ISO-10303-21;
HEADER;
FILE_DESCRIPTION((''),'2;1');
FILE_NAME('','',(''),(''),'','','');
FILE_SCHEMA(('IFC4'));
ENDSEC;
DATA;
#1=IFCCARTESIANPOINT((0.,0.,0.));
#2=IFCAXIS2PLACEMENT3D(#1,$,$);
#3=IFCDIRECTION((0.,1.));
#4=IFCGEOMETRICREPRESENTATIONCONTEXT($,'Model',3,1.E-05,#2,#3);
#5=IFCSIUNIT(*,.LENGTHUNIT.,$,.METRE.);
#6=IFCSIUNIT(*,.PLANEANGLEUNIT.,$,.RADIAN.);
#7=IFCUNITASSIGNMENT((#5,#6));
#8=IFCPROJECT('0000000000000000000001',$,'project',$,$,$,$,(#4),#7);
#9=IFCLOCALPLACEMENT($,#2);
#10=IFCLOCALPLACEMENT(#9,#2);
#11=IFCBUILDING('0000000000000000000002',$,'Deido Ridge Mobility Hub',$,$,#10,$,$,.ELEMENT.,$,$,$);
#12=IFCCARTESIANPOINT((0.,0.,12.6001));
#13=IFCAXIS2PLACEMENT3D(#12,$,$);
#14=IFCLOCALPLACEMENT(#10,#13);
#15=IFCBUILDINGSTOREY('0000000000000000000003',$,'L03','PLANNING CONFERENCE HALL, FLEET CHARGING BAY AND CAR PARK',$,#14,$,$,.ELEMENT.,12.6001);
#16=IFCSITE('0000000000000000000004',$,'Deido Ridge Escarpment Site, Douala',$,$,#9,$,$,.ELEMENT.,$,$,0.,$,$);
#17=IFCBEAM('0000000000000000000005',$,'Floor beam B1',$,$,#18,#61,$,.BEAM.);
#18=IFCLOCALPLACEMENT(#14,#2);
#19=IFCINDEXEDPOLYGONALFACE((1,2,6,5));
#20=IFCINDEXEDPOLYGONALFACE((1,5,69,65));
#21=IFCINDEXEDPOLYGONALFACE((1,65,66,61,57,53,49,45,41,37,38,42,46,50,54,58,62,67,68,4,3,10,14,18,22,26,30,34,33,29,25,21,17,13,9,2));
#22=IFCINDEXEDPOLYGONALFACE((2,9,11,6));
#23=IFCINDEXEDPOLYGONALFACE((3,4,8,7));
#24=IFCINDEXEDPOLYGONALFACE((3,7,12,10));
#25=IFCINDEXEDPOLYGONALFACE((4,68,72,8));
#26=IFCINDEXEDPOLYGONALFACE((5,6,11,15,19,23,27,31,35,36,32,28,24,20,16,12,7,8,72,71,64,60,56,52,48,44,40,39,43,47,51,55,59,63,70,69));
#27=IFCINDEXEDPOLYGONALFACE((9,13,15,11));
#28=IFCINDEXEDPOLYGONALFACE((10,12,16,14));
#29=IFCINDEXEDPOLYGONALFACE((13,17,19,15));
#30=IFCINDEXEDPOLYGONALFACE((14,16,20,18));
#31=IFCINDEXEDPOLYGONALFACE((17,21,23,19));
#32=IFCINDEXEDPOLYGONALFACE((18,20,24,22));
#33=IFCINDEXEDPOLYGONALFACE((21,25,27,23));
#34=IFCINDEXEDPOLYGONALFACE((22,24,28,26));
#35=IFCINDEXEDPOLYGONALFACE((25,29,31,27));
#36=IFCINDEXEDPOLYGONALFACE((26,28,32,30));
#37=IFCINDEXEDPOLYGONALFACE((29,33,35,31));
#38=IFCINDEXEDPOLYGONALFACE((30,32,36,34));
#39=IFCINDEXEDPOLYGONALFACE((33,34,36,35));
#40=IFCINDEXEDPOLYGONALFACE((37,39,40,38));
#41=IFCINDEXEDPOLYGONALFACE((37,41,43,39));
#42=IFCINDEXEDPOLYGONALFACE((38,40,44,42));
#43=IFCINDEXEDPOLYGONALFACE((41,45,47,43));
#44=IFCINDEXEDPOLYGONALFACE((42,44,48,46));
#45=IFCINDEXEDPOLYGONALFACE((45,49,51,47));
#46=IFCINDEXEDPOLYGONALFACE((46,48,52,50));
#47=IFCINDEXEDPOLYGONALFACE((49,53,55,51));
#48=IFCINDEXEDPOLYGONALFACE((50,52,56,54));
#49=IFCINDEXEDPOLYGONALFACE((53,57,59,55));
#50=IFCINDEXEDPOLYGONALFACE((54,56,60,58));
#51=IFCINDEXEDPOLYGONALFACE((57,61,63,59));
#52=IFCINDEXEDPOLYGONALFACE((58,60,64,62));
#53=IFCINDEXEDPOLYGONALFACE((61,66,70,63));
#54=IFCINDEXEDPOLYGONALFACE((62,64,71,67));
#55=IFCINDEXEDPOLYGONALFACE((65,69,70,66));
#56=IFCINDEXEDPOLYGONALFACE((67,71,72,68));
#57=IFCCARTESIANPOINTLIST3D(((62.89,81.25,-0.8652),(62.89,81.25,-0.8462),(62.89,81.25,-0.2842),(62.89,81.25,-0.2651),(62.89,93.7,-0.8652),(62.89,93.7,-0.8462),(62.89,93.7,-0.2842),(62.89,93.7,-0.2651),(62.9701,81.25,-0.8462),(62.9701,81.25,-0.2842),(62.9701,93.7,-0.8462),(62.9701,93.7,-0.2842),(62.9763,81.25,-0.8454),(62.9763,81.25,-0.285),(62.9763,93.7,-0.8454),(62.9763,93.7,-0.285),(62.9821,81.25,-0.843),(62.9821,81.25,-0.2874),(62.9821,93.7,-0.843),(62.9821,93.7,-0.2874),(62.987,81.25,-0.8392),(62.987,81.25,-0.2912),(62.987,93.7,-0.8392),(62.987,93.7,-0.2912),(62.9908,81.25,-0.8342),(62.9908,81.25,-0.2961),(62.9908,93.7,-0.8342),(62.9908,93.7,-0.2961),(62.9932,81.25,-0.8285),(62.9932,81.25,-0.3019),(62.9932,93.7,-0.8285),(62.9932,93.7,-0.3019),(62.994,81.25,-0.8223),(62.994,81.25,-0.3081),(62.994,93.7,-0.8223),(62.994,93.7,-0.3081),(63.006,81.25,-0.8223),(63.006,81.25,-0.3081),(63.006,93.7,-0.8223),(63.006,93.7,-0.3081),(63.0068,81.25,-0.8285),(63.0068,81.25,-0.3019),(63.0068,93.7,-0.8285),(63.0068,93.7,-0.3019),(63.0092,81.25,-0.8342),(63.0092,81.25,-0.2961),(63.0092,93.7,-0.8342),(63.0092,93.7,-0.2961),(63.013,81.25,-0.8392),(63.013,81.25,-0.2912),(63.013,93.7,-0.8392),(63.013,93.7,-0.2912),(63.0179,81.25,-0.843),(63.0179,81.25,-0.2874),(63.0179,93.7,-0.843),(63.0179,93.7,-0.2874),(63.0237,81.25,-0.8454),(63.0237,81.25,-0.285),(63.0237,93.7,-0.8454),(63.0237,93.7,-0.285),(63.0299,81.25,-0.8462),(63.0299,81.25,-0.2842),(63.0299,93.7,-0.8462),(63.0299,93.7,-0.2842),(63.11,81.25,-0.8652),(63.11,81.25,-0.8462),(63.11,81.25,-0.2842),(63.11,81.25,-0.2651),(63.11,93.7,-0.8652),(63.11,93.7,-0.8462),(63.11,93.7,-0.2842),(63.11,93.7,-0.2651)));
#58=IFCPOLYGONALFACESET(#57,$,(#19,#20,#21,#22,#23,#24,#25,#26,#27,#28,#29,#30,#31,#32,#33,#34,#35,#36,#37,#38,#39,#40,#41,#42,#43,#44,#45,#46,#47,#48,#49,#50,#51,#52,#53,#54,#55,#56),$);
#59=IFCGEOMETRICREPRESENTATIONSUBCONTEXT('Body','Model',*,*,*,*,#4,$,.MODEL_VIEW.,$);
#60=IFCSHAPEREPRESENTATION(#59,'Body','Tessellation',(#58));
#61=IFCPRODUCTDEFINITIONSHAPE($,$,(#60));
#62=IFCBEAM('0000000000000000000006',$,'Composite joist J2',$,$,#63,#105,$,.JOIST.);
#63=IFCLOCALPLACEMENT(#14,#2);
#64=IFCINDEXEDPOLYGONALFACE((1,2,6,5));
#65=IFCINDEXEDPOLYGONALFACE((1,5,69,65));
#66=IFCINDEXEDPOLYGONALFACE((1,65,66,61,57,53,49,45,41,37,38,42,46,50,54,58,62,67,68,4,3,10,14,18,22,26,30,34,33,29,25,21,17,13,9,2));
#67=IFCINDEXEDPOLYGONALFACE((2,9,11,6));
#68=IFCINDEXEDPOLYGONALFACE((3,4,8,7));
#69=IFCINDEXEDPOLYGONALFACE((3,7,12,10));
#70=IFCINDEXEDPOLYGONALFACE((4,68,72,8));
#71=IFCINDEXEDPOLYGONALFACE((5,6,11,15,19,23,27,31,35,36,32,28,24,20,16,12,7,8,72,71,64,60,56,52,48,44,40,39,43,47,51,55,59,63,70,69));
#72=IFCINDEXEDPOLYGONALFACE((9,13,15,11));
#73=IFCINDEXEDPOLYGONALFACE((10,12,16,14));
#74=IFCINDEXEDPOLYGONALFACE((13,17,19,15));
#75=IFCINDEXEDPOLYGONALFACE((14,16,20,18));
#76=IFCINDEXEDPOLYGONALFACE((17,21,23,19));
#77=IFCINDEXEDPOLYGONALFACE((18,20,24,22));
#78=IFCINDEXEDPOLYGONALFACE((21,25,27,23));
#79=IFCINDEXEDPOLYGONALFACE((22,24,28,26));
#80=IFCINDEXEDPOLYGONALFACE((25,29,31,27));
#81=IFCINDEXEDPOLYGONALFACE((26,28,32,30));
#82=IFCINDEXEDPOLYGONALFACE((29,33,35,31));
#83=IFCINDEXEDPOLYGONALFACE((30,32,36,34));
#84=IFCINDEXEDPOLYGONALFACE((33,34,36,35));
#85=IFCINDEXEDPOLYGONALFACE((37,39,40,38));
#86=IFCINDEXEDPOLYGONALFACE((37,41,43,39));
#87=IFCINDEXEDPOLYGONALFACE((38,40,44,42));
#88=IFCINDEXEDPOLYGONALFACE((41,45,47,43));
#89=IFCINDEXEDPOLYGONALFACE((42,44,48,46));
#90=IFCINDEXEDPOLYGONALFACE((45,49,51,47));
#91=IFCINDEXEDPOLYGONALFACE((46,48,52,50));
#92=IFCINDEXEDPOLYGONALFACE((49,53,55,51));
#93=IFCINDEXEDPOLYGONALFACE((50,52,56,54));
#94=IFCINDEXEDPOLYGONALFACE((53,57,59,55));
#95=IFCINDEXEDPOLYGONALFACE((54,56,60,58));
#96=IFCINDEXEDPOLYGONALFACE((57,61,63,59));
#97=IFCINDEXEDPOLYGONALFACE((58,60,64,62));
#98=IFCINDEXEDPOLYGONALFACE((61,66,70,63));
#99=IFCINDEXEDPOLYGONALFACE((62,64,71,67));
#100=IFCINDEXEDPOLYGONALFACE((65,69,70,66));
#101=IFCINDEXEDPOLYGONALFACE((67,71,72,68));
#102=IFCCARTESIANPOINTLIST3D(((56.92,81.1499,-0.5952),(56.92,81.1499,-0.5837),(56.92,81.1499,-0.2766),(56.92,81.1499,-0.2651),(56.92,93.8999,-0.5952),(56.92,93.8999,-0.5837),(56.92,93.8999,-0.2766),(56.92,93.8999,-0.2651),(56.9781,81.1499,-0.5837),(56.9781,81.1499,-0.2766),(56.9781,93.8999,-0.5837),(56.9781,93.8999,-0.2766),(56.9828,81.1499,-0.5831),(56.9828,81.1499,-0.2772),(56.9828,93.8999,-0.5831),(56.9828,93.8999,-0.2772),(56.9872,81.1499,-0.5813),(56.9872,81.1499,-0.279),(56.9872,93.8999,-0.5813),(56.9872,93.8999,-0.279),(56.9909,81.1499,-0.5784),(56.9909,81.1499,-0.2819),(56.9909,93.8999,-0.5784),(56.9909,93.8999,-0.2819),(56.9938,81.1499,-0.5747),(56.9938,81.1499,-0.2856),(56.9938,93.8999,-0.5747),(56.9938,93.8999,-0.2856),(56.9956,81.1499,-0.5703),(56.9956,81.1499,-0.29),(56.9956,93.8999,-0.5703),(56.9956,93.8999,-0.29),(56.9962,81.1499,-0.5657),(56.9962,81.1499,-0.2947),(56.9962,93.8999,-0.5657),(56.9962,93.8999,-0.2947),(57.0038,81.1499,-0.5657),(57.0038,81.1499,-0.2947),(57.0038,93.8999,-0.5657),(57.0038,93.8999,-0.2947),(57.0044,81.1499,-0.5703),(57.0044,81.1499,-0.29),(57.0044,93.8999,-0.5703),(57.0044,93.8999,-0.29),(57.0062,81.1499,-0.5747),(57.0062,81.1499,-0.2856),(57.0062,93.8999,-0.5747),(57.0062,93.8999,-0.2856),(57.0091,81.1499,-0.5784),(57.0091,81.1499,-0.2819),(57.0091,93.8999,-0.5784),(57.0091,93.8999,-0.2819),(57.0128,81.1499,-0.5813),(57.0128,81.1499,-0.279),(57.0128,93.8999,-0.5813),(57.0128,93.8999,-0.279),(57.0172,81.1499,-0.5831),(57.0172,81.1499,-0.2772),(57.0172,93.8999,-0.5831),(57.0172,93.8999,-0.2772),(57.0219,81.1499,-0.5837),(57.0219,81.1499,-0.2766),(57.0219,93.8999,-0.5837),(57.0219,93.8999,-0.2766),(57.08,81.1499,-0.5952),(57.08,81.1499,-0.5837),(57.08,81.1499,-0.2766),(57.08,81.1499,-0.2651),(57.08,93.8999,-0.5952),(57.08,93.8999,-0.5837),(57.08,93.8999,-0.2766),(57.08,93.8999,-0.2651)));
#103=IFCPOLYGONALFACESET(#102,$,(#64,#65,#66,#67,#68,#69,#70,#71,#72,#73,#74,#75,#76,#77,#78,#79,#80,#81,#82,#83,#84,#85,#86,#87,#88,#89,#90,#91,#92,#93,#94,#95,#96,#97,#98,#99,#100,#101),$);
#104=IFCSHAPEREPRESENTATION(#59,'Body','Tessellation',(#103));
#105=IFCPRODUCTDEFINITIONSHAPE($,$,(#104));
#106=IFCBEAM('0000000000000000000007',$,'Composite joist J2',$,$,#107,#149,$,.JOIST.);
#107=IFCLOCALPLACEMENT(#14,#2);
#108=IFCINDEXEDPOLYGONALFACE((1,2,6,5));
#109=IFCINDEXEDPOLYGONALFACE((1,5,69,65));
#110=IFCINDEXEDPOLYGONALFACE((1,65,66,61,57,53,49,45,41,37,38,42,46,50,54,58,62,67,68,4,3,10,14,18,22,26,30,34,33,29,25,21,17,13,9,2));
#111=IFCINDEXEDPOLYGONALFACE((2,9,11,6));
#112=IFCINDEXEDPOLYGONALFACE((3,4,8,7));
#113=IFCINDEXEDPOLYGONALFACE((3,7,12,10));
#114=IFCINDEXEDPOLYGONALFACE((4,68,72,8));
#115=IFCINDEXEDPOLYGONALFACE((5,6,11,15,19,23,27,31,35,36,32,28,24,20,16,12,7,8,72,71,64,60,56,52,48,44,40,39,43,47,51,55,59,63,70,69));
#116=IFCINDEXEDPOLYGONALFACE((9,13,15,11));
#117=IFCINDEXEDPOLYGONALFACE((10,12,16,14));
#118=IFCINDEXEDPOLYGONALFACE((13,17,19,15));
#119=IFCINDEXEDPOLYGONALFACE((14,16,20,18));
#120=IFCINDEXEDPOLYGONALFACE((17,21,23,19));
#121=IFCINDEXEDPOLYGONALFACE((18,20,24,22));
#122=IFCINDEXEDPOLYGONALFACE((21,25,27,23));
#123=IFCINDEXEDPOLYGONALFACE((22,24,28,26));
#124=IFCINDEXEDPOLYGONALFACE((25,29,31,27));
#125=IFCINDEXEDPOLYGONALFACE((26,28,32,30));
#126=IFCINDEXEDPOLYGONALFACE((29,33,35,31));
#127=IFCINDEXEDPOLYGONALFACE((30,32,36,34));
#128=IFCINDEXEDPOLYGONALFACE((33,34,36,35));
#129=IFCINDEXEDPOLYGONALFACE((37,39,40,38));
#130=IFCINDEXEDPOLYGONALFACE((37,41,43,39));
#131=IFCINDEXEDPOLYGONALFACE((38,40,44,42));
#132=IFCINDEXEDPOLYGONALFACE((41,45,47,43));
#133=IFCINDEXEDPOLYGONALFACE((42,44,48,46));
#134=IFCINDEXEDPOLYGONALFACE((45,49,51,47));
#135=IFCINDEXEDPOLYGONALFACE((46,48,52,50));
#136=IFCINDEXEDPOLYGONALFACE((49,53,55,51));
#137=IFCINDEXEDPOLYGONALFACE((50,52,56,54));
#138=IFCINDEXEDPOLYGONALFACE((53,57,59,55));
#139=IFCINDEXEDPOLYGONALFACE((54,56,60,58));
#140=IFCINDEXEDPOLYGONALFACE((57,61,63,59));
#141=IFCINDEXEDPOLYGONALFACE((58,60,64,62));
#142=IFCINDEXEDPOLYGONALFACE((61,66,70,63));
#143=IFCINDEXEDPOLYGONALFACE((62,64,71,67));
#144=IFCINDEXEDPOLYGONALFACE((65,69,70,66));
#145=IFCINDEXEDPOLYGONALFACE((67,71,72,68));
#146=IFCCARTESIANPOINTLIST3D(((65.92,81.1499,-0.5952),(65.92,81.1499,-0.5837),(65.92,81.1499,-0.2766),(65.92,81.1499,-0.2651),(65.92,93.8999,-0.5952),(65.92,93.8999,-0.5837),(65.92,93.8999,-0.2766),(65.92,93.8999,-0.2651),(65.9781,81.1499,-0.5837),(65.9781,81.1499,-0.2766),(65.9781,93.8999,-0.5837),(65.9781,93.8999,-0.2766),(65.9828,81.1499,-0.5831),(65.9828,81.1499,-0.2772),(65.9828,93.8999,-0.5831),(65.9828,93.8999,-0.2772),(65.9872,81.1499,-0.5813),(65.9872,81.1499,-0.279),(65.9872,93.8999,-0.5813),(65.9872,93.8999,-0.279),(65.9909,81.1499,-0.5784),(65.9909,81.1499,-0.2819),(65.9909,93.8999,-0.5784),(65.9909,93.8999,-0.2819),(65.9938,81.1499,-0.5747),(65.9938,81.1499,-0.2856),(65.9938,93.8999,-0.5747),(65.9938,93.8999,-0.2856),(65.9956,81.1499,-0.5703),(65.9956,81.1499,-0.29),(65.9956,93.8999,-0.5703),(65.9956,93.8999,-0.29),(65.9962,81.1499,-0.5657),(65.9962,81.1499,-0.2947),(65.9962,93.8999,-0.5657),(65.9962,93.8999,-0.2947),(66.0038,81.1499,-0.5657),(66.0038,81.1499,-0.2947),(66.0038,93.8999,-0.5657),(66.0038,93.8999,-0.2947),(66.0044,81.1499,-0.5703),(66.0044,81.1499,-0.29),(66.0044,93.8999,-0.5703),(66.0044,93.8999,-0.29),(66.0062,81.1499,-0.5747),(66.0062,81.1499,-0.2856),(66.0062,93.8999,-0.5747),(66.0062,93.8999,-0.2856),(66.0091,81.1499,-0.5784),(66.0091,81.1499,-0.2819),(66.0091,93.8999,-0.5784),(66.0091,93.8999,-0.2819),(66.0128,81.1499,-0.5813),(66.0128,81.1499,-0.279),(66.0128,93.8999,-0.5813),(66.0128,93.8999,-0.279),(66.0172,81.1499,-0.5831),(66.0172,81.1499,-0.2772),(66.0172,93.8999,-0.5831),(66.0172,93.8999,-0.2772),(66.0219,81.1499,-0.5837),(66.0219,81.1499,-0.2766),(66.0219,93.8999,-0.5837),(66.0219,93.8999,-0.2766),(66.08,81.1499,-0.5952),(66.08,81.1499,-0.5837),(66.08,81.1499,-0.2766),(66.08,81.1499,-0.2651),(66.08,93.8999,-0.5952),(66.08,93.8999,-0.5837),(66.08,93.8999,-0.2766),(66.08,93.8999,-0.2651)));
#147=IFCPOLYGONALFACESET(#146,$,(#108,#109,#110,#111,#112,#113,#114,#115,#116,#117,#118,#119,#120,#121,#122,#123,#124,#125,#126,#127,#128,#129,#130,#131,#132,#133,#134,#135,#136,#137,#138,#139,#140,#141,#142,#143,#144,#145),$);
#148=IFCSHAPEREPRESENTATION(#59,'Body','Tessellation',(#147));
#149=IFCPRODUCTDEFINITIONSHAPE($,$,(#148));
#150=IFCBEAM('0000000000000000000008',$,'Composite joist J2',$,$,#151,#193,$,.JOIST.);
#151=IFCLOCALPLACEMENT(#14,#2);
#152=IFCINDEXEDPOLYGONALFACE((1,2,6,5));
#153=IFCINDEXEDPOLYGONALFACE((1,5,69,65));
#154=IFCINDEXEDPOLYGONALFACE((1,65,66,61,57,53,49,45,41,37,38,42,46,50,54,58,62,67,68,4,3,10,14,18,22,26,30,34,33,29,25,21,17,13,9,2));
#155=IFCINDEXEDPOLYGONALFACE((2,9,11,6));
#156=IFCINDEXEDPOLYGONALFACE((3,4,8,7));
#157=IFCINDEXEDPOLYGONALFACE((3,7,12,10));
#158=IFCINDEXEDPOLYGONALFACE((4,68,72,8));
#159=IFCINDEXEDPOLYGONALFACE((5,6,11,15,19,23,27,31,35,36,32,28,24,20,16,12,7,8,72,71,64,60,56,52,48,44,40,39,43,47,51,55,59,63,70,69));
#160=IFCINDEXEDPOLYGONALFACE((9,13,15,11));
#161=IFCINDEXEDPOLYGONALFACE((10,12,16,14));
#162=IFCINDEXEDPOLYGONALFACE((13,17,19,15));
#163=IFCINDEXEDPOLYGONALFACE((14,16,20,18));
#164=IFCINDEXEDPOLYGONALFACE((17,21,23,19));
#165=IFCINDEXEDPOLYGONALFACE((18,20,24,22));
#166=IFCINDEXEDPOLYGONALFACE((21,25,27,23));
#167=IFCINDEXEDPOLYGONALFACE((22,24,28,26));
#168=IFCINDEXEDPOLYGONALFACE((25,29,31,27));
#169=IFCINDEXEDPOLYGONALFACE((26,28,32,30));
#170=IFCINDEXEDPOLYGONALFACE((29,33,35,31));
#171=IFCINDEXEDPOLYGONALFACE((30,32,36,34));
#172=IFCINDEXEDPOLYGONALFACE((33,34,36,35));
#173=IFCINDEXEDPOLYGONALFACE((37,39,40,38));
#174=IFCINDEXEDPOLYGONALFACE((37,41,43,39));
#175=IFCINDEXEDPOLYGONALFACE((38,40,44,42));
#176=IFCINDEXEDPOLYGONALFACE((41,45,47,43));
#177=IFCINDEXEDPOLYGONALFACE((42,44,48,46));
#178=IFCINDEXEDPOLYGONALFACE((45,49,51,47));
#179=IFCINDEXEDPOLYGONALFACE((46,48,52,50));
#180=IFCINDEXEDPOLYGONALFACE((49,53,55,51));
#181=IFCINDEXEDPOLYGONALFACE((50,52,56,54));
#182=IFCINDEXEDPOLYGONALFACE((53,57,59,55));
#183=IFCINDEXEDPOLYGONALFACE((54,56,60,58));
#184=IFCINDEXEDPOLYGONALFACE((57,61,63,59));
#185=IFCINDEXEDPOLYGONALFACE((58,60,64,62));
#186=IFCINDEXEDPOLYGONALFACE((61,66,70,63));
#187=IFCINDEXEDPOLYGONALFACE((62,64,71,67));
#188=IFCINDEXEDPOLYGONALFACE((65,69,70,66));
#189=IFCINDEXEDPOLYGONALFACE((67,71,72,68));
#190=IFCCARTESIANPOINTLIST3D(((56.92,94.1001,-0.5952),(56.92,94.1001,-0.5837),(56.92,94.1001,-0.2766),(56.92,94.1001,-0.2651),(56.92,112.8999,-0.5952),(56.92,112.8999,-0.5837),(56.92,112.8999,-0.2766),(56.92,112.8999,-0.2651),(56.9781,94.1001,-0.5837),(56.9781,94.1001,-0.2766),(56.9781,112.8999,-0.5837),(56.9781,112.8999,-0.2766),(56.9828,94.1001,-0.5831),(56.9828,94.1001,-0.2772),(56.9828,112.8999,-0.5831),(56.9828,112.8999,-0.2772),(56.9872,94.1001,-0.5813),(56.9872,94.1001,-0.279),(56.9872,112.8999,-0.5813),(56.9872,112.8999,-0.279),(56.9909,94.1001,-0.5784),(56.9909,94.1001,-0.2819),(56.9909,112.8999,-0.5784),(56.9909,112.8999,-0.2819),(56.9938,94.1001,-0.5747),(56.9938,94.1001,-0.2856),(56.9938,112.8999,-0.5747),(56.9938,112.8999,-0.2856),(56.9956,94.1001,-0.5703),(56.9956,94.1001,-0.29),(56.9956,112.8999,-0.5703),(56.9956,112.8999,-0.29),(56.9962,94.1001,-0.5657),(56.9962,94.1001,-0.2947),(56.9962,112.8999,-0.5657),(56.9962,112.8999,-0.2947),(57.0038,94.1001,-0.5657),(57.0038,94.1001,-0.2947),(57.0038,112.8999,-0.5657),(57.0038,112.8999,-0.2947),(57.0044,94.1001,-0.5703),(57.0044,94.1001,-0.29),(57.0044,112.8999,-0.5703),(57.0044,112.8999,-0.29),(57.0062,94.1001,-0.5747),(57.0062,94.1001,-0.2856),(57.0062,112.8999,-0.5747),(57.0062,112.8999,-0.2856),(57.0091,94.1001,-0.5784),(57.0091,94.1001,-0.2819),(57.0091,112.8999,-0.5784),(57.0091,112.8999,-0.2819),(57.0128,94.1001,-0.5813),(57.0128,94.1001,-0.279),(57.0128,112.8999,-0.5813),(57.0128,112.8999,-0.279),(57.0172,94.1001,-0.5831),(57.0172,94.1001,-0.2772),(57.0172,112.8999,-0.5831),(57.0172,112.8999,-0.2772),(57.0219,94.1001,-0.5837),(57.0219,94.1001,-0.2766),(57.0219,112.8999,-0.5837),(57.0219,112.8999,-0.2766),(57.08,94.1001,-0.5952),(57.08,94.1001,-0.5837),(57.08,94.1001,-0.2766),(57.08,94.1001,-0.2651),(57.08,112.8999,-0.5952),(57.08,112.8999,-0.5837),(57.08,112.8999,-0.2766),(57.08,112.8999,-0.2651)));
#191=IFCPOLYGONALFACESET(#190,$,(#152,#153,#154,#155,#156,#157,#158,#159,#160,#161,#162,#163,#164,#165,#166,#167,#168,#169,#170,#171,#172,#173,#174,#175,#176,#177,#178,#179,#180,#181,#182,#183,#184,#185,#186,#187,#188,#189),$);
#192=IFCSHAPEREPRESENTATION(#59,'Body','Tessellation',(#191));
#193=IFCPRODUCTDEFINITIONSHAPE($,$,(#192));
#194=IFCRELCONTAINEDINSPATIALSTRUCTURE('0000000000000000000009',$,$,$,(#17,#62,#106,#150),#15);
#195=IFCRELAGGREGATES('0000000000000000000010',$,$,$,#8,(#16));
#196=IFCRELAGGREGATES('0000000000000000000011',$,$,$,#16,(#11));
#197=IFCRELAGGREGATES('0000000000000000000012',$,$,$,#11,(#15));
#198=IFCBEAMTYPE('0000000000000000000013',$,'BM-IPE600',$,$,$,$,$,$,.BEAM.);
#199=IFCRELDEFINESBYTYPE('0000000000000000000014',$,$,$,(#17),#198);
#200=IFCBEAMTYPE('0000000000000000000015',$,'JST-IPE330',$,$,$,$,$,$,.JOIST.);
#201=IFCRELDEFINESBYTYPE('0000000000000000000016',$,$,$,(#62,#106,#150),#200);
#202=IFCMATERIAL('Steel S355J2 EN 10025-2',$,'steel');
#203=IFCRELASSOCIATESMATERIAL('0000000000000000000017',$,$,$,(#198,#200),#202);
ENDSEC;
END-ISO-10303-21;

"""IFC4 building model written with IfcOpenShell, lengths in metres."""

from ifc_helpers import new_model, si_unit, direction, frame, origin, origin_2d, place, context, subcontext, project, spatial, i_section, extrude, material, material_profile, profile_set, type_object, element, save


model = new_model("IFC4")

# Units and contexts
model_context = context("Model", 3, precision=1e-05, world=origin(), true_north=direction((0.0, 1.0)))
body_context = subcontext(model_context, "Body", "Model", "MODEL_VIEW")
ifc_project = project(units=[si_unit("LENGTHUNIT", "METRE"), si_unit("PLANEANGLEUNIT", "RADIAN")], contexts=[model_context])

# Site, building, storey
site_placement = place(None, origin())
site = spatial("IfcSite", under=ifc_project, at=site_placement, Name="Deido Ridge Escarpment Site, Douala", CompositionType="ELEMENT", RefElevation=0.0)
building_placement = place(site_placement, origin())
building = spatial("IfcBuilding", under=site, at=building_placement, Name="Deido Ridge Mobility Hub", CompositionType="ELEMENT")
storey_placement = place(building_placement, frame((0.0, 0.0, 12.6001)))
storey = spatial("IfcBuildingStorey", under=building, at=storey_placement, Name="L03", Description="PLANNING CONFERENCE HALL, FLEET CHARGING BAY AND CAR PARK", CompositionType="ELEMENT", Elevation=12.6001)

# Shared definitions
ifc_material_1 = material(Name="Steel S355J2 EN 10025-2", Category="steel")

# Beams
ifc_material_profile_1 = material_profile(ifc_material_1, i_section(OverallWidth=0.22, OverallDepth=0.6001, WebThickness=0.012, FlangeThickness=0.019, FilletRadius=0.0239, at=origin_2d()), Name="IPE 600")
ifc_profile_set_1 = profile_set([ifc_material_profile_1], Name="Steel S355J2 EN 10025-2")
beam_type_1 = type_object("IfcBeamType", Name="BM-IPE600", PredefinedType="BEAM", material=ifc_profile_set_1)
beam_1_placement = place(storey_placement, frame((63.0, 81.25, -0.5652), z_axis=(0.0, 1.0, 0.0), x_axis=(-1.0, 0.0, 0.0)))
element("IfcBeam", 1, at=beam_1_placement, inside=storey, type_object=beam_type_1, Name="Floor beam B1", PredefinedType="BEAM", context=body_context, shape_type="SweptSolid", body=[
    extrude(i_section(OverallWidth=0.22, OverallDepth=0.6001, WebThickness=0.012, FlangeThickness=0.019, FilletRadius=0.0239, at=origin_2d()), origin(), (0.0, 0.0, 1.0), 12.45),
])
ifc_material_profile_2 = material_profile(ifc_material_1, i_section(OverallWidth=0.1599, OverallDepth=0.3301, WebThickness=0.0076, FlangeThickness=0.0115, FilletRadius=0.0181, at=origin_2d()), Name="IPE 330")
ifc_profile_set_2 = profile_set([ifc_material_profile_2], Name="Steel S355J2 EN 10025-2")
beam_type_2 = type_object("IfcBeamType", Name="JST-IPE330", PredefinedType="JOIST", material=ifc_profile_set_2)
for number, where, z_axis, x_axis, name in (
    (2, (57.0, 81.1499, -0.4302), (0.0, 1.0, 0.0), (-1.0, 0.0, 0.0), "Composite joist J2"),
    (3, (66.0, 81.1499, -0.4302), (0.0, 1.0, 0.0), (-1.0, 0.0, 0.0), "Composite joist J2"),
):
    element("IfcBeam", number, at=place(storey_placement, frame(where, z_axis=z_axis, x_axis=x_axis)), inside=storey, type_object=beam_type_2, Name=name, PredefinedType="JOIST", context=body_context, shape_type="SweptSolid", body=[
        extrude(i_section(OverallWidth=0.1599, OverallDepth=0.3301, WebThickness=0.0076, FlangeThickness=0.0115, FilletRadius=0.0181, at=origin_2d()), origin(), (0.0, 0.0, 1.0), 12.75),
    ])
beam_2_placement = place(storey_placement, frame((57.0, 94.1001, -0.4302), z_axis=(0.0, 1.0, 0.0), x_axis=(-1.0, 0.0, 0.0)))
element("IfcBeam", 4, at=beam_2_placement, inside=storey, type_object=beam_type_2, Name="Composite joist J2", PredefinedType="JOIST", context=body_context, shape_type="SweptSolid", body=[
    extrude(i_section(OverallWidth=0.1599, OverallDepth=0.3301, WebThickness=0.0076, FlangeThickness=0.0115, FilletRadius=0.0181, at=origin_2d()), origin(), (0.0, 0.0, 1.0), 18.7998),
])

save(model, "model.ifc")
